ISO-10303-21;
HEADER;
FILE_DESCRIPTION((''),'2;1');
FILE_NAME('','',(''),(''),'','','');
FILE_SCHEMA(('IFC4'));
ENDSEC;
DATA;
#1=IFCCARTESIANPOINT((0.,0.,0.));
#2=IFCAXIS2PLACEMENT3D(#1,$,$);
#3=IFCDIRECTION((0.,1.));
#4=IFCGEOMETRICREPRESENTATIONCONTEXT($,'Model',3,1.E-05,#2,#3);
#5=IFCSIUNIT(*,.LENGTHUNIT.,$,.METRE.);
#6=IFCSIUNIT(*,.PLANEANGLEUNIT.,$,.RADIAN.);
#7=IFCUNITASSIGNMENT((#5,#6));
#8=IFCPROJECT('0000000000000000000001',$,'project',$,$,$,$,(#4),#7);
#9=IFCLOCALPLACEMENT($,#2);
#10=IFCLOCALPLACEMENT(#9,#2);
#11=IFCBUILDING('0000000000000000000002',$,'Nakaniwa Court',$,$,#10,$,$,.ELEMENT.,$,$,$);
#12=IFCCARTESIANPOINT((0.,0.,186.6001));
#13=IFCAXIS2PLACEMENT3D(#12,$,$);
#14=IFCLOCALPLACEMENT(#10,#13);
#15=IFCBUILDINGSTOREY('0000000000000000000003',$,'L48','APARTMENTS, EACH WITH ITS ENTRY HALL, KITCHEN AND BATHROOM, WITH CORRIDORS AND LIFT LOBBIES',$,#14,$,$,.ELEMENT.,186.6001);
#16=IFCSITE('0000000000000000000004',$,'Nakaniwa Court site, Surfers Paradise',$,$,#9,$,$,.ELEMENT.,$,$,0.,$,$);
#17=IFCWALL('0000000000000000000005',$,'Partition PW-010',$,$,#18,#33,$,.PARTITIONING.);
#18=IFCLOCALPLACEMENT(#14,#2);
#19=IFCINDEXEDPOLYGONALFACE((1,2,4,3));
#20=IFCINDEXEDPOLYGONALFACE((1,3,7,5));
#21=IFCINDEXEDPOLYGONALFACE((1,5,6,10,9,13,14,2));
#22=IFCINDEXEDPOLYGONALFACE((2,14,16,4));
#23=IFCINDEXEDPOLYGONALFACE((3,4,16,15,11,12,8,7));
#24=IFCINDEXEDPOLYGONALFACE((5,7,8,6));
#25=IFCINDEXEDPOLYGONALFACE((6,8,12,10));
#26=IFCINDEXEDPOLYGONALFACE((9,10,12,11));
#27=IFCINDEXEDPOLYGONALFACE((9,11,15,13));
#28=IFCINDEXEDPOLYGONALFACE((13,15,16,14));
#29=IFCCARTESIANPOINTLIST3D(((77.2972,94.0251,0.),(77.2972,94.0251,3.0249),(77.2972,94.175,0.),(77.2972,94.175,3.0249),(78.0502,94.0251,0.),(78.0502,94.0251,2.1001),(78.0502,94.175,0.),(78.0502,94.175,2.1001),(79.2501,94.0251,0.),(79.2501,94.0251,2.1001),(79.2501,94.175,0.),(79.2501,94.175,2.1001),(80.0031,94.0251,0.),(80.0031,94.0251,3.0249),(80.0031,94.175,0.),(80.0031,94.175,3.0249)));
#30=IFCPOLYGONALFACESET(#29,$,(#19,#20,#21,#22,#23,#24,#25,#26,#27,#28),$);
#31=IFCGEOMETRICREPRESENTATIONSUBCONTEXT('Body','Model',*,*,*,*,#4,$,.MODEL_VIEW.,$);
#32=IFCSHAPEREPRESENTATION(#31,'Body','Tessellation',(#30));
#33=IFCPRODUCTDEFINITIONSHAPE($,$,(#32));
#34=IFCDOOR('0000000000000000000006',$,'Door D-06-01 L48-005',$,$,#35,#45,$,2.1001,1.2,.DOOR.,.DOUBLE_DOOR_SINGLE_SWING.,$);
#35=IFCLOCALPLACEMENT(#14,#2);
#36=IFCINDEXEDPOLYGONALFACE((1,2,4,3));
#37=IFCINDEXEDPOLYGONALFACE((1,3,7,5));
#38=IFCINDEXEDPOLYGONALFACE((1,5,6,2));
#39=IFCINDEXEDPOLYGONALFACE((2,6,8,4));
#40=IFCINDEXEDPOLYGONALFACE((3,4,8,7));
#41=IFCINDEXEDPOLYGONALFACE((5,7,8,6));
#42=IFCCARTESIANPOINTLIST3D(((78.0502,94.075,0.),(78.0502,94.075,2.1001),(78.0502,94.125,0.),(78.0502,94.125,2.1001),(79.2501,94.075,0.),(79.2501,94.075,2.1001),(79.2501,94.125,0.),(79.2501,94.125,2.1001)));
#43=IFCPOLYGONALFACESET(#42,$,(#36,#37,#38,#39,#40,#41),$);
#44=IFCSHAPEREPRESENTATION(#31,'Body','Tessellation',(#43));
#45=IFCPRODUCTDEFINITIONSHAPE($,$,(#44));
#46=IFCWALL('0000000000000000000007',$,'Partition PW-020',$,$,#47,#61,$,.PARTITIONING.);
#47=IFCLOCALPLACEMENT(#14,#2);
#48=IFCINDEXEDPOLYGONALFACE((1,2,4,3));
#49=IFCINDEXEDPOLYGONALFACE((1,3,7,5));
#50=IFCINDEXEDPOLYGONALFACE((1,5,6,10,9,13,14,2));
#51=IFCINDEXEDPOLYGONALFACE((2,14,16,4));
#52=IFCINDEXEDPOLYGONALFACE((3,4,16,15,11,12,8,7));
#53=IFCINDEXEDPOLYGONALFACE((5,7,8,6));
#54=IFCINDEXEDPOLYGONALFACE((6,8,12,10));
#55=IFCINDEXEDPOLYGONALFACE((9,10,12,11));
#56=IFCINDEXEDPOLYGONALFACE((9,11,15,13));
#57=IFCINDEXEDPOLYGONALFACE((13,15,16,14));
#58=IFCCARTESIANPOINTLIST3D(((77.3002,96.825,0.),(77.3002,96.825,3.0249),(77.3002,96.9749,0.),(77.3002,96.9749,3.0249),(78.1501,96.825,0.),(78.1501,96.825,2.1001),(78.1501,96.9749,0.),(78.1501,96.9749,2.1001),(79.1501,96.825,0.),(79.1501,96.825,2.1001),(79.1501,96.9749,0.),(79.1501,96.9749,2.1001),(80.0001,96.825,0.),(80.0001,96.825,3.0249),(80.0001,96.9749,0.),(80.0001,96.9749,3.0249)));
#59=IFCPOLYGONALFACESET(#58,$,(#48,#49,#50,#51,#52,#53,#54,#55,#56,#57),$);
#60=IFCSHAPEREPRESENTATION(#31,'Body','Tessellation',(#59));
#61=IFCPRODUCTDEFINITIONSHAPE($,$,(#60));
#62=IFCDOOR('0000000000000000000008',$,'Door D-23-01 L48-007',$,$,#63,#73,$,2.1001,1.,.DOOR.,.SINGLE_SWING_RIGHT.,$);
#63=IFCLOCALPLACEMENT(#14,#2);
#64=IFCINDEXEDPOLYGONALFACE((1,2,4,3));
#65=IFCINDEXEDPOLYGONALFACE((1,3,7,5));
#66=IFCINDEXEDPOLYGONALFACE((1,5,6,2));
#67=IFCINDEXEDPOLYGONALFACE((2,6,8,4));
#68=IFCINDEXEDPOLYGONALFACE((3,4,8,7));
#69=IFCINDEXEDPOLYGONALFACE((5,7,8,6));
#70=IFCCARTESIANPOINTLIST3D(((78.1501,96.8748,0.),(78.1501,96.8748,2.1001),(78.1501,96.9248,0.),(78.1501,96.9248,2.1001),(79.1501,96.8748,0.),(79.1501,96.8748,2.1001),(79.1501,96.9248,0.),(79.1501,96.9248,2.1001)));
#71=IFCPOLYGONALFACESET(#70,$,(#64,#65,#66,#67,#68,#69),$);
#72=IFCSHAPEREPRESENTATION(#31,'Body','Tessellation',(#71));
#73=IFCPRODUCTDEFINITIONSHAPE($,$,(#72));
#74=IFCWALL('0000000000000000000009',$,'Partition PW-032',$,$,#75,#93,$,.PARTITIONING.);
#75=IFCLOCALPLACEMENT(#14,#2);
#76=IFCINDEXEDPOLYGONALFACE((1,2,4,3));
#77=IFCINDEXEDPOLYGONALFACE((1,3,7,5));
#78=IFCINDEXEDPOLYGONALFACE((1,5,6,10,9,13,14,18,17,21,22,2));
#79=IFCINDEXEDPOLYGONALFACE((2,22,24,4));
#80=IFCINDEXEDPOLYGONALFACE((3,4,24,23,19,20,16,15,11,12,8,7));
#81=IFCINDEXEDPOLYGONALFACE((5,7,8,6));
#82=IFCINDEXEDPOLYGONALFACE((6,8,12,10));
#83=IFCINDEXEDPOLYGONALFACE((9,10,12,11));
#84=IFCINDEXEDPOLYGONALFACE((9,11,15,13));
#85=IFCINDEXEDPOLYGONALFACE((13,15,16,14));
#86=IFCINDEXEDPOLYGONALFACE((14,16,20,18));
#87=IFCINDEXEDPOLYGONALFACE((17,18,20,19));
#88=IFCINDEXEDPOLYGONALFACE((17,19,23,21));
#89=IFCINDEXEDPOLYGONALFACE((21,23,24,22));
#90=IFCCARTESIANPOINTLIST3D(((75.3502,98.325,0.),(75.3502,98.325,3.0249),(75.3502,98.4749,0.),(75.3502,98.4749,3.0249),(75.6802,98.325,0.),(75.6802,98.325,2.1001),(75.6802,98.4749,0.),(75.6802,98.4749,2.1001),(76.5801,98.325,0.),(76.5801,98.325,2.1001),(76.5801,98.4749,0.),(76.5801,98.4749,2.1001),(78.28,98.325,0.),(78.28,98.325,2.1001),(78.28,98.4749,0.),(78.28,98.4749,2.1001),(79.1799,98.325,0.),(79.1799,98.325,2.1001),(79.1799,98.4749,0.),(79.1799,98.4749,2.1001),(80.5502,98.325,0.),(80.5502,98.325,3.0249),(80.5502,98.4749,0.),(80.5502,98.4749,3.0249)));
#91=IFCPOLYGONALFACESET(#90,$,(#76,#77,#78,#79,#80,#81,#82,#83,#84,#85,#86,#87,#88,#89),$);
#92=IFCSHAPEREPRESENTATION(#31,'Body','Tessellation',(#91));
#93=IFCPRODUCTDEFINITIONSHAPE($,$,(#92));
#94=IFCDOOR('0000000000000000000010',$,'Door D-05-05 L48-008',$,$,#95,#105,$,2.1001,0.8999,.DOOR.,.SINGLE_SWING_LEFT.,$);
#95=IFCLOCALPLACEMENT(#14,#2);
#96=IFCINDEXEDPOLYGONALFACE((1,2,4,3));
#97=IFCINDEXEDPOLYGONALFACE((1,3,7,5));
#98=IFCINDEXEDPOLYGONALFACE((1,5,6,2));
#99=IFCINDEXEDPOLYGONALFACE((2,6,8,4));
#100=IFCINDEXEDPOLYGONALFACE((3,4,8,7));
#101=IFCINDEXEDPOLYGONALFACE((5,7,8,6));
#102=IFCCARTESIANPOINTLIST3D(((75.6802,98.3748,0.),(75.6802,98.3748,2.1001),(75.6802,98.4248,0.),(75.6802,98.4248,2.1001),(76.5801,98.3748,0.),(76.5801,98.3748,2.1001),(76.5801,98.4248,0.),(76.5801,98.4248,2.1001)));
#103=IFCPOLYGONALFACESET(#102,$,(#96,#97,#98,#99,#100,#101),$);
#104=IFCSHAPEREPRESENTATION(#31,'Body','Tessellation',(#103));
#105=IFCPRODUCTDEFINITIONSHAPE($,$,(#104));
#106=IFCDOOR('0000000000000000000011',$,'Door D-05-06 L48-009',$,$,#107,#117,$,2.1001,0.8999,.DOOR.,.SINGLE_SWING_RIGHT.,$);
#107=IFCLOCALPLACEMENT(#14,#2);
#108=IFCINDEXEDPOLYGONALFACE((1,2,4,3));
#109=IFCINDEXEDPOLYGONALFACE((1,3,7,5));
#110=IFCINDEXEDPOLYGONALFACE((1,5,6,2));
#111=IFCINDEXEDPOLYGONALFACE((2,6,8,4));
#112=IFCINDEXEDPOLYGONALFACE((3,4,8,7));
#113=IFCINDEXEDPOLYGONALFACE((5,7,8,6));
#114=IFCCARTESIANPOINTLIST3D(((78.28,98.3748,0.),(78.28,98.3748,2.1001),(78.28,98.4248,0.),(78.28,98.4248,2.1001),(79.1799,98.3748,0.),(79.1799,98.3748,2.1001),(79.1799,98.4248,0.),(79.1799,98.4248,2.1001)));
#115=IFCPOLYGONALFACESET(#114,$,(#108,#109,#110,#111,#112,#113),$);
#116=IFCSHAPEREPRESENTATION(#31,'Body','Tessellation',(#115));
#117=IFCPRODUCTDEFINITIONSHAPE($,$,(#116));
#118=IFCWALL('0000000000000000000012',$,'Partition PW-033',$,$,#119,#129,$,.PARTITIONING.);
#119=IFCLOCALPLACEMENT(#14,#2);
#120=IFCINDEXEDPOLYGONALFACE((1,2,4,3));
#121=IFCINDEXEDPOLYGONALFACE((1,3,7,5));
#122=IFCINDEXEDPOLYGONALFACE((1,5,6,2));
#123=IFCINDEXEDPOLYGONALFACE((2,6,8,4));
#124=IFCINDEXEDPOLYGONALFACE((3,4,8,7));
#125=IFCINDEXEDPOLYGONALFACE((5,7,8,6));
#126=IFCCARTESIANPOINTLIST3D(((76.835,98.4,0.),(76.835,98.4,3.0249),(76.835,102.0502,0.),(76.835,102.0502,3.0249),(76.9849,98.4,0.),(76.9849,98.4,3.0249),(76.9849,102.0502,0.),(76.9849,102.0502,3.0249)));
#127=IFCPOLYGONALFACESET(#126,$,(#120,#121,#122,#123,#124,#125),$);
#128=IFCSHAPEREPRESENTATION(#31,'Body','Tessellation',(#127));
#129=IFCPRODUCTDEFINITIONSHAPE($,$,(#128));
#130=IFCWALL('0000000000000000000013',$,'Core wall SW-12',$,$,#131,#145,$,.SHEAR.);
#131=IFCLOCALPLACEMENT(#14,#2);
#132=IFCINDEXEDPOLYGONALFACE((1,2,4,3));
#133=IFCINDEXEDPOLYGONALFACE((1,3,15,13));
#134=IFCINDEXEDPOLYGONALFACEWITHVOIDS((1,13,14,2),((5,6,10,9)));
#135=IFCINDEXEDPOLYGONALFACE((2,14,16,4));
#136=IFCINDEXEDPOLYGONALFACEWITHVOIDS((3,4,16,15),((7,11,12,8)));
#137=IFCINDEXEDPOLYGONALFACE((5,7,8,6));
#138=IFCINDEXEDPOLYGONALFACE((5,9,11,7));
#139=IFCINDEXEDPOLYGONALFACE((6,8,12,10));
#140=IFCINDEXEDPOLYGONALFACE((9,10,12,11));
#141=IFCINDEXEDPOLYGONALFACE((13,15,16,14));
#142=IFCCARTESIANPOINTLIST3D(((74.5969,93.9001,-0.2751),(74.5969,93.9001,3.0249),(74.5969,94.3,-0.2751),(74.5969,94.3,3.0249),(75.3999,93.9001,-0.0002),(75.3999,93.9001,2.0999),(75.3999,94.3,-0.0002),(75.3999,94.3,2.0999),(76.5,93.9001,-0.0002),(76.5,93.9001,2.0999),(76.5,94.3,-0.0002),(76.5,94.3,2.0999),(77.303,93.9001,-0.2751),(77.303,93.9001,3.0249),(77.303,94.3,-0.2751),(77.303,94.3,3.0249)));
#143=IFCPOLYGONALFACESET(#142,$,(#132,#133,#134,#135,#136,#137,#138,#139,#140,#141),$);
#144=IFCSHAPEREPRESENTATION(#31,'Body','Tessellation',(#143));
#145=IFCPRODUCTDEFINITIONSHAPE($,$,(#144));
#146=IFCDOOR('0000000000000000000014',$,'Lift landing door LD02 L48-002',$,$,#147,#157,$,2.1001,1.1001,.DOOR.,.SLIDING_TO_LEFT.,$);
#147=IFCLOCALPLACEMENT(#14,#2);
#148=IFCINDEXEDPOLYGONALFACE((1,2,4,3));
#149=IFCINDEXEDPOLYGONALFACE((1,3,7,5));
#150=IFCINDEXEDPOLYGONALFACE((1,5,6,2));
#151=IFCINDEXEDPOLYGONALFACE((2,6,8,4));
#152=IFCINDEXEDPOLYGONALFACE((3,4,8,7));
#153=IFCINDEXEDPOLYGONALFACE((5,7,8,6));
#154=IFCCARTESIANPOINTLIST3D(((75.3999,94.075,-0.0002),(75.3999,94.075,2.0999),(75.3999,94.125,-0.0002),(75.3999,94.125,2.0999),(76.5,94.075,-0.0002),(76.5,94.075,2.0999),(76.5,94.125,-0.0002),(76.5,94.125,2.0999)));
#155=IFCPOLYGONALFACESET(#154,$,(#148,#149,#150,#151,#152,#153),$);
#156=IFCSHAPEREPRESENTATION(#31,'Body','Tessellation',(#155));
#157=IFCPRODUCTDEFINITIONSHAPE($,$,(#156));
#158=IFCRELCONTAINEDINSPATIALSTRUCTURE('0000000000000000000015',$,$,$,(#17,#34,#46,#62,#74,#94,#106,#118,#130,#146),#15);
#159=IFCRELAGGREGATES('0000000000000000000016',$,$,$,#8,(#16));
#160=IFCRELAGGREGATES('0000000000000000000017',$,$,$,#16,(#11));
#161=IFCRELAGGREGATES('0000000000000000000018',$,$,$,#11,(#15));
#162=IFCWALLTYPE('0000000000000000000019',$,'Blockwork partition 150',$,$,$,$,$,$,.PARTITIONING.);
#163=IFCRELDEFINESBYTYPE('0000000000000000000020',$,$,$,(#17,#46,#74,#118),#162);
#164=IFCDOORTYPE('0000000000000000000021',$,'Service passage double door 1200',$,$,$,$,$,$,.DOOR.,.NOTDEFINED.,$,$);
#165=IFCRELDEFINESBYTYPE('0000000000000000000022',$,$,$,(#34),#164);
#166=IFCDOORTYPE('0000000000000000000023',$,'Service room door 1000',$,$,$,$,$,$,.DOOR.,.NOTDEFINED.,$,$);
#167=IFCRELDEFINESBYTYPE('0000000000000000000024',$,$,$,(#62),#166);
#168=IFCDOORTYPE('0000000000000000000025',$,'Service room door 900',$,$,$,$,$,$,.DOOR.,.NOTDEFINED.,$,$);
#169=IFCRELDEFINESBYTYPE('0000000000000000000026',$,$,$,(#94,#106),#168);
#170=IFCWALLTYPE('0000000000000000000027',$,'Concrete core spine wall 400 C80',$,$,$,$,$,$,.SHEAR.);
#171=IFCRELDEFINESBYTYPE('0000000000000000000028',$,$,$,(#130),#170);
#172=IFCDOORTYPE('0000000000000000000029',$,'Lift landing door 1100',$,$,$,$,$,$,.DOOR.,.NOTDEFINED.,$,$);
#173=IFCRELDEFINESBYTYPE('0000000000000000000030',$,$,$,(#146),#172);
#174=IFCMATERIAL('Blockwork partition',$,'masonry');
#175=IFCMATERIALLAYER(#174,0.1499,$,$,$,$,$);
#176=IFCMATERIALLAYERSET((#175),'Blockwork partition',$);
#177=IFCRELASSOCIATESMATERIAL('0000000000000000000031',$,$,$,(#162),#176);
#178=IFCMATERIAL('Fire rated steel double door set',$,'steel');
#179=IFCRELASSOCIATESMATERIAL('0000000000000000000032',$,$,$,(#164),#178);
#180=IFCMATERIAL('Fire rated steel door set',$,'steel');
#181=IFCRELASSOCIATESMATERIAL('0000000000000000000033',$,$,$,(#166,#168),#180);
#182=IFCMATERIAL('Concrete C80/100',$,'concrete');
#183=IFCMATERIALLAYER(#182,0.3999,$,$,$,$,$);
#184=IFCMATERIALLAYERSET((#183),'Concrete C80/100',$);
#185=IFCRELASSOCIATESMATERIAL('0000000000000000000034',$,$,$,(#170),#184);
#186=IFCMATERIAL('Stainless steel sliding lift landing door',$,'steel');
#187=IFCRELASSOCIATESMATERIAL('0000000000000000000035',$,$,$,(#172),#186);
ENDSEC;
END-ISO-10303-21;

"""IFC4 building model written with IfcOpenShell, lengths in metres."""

from ifc_helpers import new_model, si_unit, direction, frame, frame_2d, origin, place, context, subcontext, project, spatial, rectangle, extrude, material, layer, layer_set, type_object, element, fill, save


model = new_model("IFC4")

# Units and contexts
model_context = context("Model", 3, precision=1e-05, world=origin(), true_north=direction((0.0, 1.0)))
body_context = subcontext(model_context, "Body", "Model", "MODEL_VIEW")
ifc_project = project(units=[si_unit("LENGTHUNIT", "METRE"), si_unit("PLANEANGLEUNIT", "RADIAN")], contexts=[model_context])

# Site, building, storey
site_placement = place(None, origin())
site = spatial("IfcSite", under=ifc_project, at=site_placement, Name="Nakaniwa Court site, Surfers Paradise", CompositionType="ELEMENT", RefElevation=0.0)
building_placement = place(site_placement, origin())
building = spatial("IfcBuilding", under=site, at=building_placement, Name="Nakaniwa Court", CompositionType="ELEMENT")
storey_placement = place(building_placement, frame((0.0, 0.0, 186.6001)))
storey = spatial("IfcBuildingStorey", under=building, at=storey_placement, Name="L48", Description="APARTMENTS, EACH WITH ITS ENTRY HALL, KITCHEN AND BATHROOM, WITH CORRIDORS AND LIFT LOBBIES", CompositionType="ELEMENT", Elevation=186.6001)

# Walls, openings, doors
ifc_material_1 = material(Name="Blockwork partition", Category="masonry")
ifc_layer_1 = layer(ifc_material_1, 0.1499)
ifc_layer_set_1 = layer_set([ifc_layer_1], Name="Blockwork partition")
wall_type_1 = type_object("IfcWallType", Name="Blockwork partition 150", PredefinedType="PARTITIONING", material=ifc_layer_set_1)
wall_1_placement = place(storey_placement, frame((77.2971, 94.1001, 0.0), z_axis=(0.0, 0.0, 1.0), x_axis=(1.0, 0.0, 0.0)))
wall_1 = element("IfcWall", 1, at=wall_1_placement, inside=storey, type_object=wall_type_1, Name="Partition PW-010", PredefinedType="PARTITIONING", context=body_context, shape_type="SweptSolid", body=[
    extrude(rectangle(XDim=2.7058, YDim=0.1499, at=frame_2d((1.353, 0.0))), origin(), (0.0, 0.0, 1.0), 3.0249),
])
opening_1_placement = place(wall_1_placement, frame((0.7529, 0.0, 0.0)))
opening_1 = element("IfcOpeningElement", 2, at=opening_1_placement, cuts=wall_1, PredefinedType="OPENING", context=body_context, shape_type="SweptSolid", body=[
    extrude(rectangle(XDim=1.2, YDim=2.1001, at=frame_2d((0.6001, 1.05))), frame((0.0, 0.085, 0.0), z_axis=(0.0, -1.0, 0.0), x_axis=(1.0, 0.0, 0.0)), (0.0, 0.0, 1.0), 0.1699),
])
ifc_material_2 = material(Name="Fire rated steel double door set", Category="steel")
door_type_1 = type_object("IfcDoorType", Name="Service passage double door 1200", OperationType="NOTDEFINED", PredefinedType="DOOR", material=ifc_material_2)
door_1_placement = place(opening_1_placement, origin())
door_1 = element("IfcDoor", 3, at=door_1_placement, inside=storey, type_object=door_type_1, Name="Door D-06-01 L48-005", OperationType="DOUBLE_DOOR_SINGLE_SWING", OverallHeight=2.1001, OverallWidth=1.2, PredefinedType="DOOR", context=body_context, shape_type="SweptSolid", body=[
    extrude(rectangle(XDim=1.2, YDim=2.1001, at=frame_2d((0.6001, 1.05))), frame((0.0, 0.0249, 0.0), z_axis=(0.0, -1.0, 0.0), x_axis=(1.0, 0.0, 0.0)), (0.0, 0.0, 1.0), 0.05),
])
fill(opening_1, door_1)
wall_2_placement = place(storey_placement, frame((77.3, 96.8999, 0.0), z_axis=(0.0, 0.0, 1.0), x_axis=(1.0, 0.0, 0.0)))
wall_2 = element("IfcWall", 4, at=wall_2_placement, inside=storey, type_object=wall_type_1, Name="Partition PW-020", PredefinedType="PARTITIONING", context=body_context, shape_type="SweptSolid", body=[
    extrude(rectangle(XDim=2.7, YDim=0.1499, at=frame_2d((1.3501, 0.0))), origin(), (0.0, 0.0, 1.0), 3.0249),
])
opening_2_placement = place(wall_2_placement, frame((0.8501, 0.0, 0.0)))
opening_2 = element("IfcOpeningElement", 5, at=opening_2_placement, cuts=wall_2, PredefinedType="OPENING", context=body_context, shape_type="SweptSolid", body=[
    extrude(rectangle(XDim=1.0, YDim=2.1001, at=frame_2d((0.5, 1.05))), frame((0.0, 0.085, 0.0), z_axis=(0.0, -1.0, 0.0), x_axis=(1.0, 0.0, 0.0)), (0.0, 0.0, 1.0), 0.1699),
])
ifc_material_3 = material(Name="Fire rated steel door set", Category="steel")
door_type_2 = type_object("IfcDoorType", Name="Service room door 1000", OperationType="NOTDEFINED", PredefinedType="DOOR", material=ifc_material_3)
door_2_placement = place(opening_2_placement, origin())
door_2 = element("IfcDoor", 6, at=door_2_placement, inside=storey, type_object=door_type_2, Name="Door D-23-01 L48-007", OperationType="SINGLE_SWING_RIGHT", OverallHeight=2.1001, OverallWidth=1.0, PredefinedType="DOOR", context=body_context, shape_type="SweptSolid", body=[
    extrude(rectangle(XDim=1.0, YDim=2.1001, at=frame_2d((0.5, 1.05))), frame((0.0, 0.0249, 0.0), z_axis=(0.0, -1.0, 0.0), x_axis=(1.0, 0.0, 0.0)), (0.0, 0.0, 1.0), 0.05),
])
fill(opening_2, door_2)

# Wall, openings, doors
wall_3_placement = place(storey_placement, frame((75.3501, 98.3999, 0.0), z_axis=(0.0, 0.0, 1.0), x_axis=(1.0, 0.0, 0.0)))
wall_3 = element("IfcWall", 7, at=wall_3_placement, inside=storey, type_object=wall_type_1, Name="Partition PW-032", PredefinedType="PARTITIONING", context=body_context, shape_type="SweptSolid", body=[
    extrude(rectangle(XDim=5.2, YDim=0.1499, at=frame_2d((2.6001, 0.0))), origin(), (0.0, 0.0, 1.0), 3.0249),
])
opening_3_placement = place(wall_3_placement, frame((0.3301, 0.0, 0.0)))
opening_3 = element("IfcOpeningElement", 8, at=opening_3_placement, cuts=wall_3, PredefinedType="OPENING", context=body_context, shape_type="SweptSolid", body=[
    extrude(rectangle(XDim=0.8999, YDim=2.1001, at=frame_2d((0.45, 1.05))), frame((0.0, 0.085, 0.0), z_axis=(0.0, -1.0, 0.0), x_axis=(1.0, 0.0, 0.0)), (0.0, 0.0, 1.0), 0.1699),
])
opening_4_placement = place(wall_3_placement, frame((2.9299, 0.0, 0.0)))
opening_4 = element("IfcOpeningElement", 9, at=opening_4_placement, cuts=wall_3, PredefinedType="OPENING", context=body_context, shape_type="SweptSolid", body=[
    extrude(rectangle(XDim=0.8999, YDim=2.1001, at=frame_2d((0.45, 1.05))), frame((0.0, 0.085, 0.0), z_axis=(0.0, -1.0, 0.0), x_axis=(1.0, 0.0, 0.0)), (0.0, 0.0, 1.0), 0.1699),
])
door_type_3 = type_object("IfcDoorType", Name="Service room door 900", OperationType="NOTDEFINED", PredefinedType="DOOR", material=ifc_material_3)
door_3_placement = place(opening_3_placement, origin())
door_3 = element("IfcDoor", 10, at=door_3_placement, inside=storey, type_object=door_type_3, Name="Door D-05-05 L48-008", OperationType="SINGLE_SWING_LEFT", OverallHeight=2.1001, OverallWidth=0.8999, PredefinedType="DOOR", context=body_context, shape_type="SweptSolid", body=[
    extrude(rectangle(XDim=0.8999, YDim=2.1001, at=frame_2d((0.45, 1.05))), frame((0.0, 0.0249, 0.0), z_axis=(0.0, -1.0, 0.0), x_axis=(1.0, 0.0, 0.0)), (0.0, 0.0, 1.0), 0.05),
])
fill(opening_3, door_3)
door_4_placement = place(opening_4_placement, origin())
door_4 = element("IfcDoor", 11, at=door_4_placement, inside=storey, type_object=door_type_3, Name="Door D-05-06 L48-009", OperationType="SINGLE_SWING_RIGHT", OverallHeight=2.1001, OverallWidth=0.8999, PredefinedType="DOOR", context=body_context, shape_type="SweptSolid", body=[
    extrude(rectangle(XDim=0.8999, YDim=2.1001, at=frame_2d((0.45, 1.05))), frame((0.0, 0.0249, 0.0), z_axis=(0.0, -1.0, 0.0), x_axis=(1.0, 0.0, 0.0)), (0.0, 0.0, 1.0), 0.05),
])
fill(opening_4, door_4)

# Wall
wall_4_placement = place(storey_placement, frame((76.9099, 98.3999, 0.0), z_axis=(0.0, 0.0, 1.0), x_axis=(0.0, 1.0, 0.0)))
element("IfcWall", 12, at=wall_4_placement, inside=storey, type_object=wall_type_1, Name="Partition PW-033", PredefinedType="PARTITIONING", context=body_context, shape_type="SweptSolid", body=[
    extrude(rectangle(XDim=3.6501, YDim=0.1499, at=frame_2d((1.8252, 0.0))), origin(), (0.0, 0.0, 1.0), 3.0249),
])

# Wall, opening, door
ifc_material_4 = material(Name="Concrete C80/100", Category="concrete")
ifc_layer_2 = layer(ifc_material_4, 0.3999)
ifc_layer_set_2 = layer_set([ifc_layer_2], Name="Concrete C80/100")
wall_type_2 = type_object("IfcWallType", Name="Concrete core spine wall 400 C80", PredefinedType="SHEAR", material=ifc_layer_set_2)
wall_5_placement = place(storey_placement, frame((74.5969, 94.1001, -0.2751), z_axis=(0.0, 0.0, 1.0), x_axis=(1.0, 0.0, 0.0)))
wall_5 = element("IfcWall", 13, at=wall_5_placement, inside=storey, type_object=wall_type_2, Name="Core wall SW-12", PredefinedType="SHEAR", context=body_context, shape_type="SweptSolid", body=[
    extrude(rectangle(XDim=2.7061, YDim=0.3999, at=frame_2d((1.353, 0.0))), origin(), (0.0, 0.0, 1.0), 3.3),
])
opening_5_placement = place(wall_5_placement, frame((0.803, 0.0, 0.2749)))
opening_5 = element("IfcOpeningElement", 14, at=opening_5_placement, cuts=wall_5, PredefinedType="OPENING", context=body_context, shape_type="SweptSolid", body=[
    extrude(rectangle(XDim=1.1001, YDim=2.1001, at=frame_2d((0.55, 1.05))), frame((0.0, 0.21, 0.0), z_axis=(0.0, -1.0, 0.0), x_axis=(1.0, 0.0, 0.0)), (0.0, 0.0, 1.0), 0.4199),
])
ifc_material_5 = material(Name="Stainless steel sliding lift landing door", Category="steel")
door_type_4 = type_object("IfcDoorType", Name="Lift landing door 1100", OperationType="NOTDEFINED", PredefinedType="DOOR", material=ifc_material_5)
door_5_placement = place(opening_5_placement, origin())
door_5 = element("IfcDoor", 15, at=door_5_placement, inside=storey, type_object=door_type_4, Name="Lift landing door LD02 L48-002", OperationType="SLIDING_TO_LEFT", OverallHeight=2.1001, OverallWidth=1.1001, PredefinedType="DOOR", context=body_context, shape_type="SweptSolid", body=[
    extrude(rectangle(XDim=1.1001, YDim=2.1001, at=frame_2d((0.55, 1.05))), frame((0.0, 0.0249, 0.0), z_axis=(0.0, -1.0, 0.0), x_axis=(1.0, 0.0, 0.0)), (0.0, 0.0, 1.0), 0.05),
])
fill(opening_5, door_5)

save(model, "model.ifc")
